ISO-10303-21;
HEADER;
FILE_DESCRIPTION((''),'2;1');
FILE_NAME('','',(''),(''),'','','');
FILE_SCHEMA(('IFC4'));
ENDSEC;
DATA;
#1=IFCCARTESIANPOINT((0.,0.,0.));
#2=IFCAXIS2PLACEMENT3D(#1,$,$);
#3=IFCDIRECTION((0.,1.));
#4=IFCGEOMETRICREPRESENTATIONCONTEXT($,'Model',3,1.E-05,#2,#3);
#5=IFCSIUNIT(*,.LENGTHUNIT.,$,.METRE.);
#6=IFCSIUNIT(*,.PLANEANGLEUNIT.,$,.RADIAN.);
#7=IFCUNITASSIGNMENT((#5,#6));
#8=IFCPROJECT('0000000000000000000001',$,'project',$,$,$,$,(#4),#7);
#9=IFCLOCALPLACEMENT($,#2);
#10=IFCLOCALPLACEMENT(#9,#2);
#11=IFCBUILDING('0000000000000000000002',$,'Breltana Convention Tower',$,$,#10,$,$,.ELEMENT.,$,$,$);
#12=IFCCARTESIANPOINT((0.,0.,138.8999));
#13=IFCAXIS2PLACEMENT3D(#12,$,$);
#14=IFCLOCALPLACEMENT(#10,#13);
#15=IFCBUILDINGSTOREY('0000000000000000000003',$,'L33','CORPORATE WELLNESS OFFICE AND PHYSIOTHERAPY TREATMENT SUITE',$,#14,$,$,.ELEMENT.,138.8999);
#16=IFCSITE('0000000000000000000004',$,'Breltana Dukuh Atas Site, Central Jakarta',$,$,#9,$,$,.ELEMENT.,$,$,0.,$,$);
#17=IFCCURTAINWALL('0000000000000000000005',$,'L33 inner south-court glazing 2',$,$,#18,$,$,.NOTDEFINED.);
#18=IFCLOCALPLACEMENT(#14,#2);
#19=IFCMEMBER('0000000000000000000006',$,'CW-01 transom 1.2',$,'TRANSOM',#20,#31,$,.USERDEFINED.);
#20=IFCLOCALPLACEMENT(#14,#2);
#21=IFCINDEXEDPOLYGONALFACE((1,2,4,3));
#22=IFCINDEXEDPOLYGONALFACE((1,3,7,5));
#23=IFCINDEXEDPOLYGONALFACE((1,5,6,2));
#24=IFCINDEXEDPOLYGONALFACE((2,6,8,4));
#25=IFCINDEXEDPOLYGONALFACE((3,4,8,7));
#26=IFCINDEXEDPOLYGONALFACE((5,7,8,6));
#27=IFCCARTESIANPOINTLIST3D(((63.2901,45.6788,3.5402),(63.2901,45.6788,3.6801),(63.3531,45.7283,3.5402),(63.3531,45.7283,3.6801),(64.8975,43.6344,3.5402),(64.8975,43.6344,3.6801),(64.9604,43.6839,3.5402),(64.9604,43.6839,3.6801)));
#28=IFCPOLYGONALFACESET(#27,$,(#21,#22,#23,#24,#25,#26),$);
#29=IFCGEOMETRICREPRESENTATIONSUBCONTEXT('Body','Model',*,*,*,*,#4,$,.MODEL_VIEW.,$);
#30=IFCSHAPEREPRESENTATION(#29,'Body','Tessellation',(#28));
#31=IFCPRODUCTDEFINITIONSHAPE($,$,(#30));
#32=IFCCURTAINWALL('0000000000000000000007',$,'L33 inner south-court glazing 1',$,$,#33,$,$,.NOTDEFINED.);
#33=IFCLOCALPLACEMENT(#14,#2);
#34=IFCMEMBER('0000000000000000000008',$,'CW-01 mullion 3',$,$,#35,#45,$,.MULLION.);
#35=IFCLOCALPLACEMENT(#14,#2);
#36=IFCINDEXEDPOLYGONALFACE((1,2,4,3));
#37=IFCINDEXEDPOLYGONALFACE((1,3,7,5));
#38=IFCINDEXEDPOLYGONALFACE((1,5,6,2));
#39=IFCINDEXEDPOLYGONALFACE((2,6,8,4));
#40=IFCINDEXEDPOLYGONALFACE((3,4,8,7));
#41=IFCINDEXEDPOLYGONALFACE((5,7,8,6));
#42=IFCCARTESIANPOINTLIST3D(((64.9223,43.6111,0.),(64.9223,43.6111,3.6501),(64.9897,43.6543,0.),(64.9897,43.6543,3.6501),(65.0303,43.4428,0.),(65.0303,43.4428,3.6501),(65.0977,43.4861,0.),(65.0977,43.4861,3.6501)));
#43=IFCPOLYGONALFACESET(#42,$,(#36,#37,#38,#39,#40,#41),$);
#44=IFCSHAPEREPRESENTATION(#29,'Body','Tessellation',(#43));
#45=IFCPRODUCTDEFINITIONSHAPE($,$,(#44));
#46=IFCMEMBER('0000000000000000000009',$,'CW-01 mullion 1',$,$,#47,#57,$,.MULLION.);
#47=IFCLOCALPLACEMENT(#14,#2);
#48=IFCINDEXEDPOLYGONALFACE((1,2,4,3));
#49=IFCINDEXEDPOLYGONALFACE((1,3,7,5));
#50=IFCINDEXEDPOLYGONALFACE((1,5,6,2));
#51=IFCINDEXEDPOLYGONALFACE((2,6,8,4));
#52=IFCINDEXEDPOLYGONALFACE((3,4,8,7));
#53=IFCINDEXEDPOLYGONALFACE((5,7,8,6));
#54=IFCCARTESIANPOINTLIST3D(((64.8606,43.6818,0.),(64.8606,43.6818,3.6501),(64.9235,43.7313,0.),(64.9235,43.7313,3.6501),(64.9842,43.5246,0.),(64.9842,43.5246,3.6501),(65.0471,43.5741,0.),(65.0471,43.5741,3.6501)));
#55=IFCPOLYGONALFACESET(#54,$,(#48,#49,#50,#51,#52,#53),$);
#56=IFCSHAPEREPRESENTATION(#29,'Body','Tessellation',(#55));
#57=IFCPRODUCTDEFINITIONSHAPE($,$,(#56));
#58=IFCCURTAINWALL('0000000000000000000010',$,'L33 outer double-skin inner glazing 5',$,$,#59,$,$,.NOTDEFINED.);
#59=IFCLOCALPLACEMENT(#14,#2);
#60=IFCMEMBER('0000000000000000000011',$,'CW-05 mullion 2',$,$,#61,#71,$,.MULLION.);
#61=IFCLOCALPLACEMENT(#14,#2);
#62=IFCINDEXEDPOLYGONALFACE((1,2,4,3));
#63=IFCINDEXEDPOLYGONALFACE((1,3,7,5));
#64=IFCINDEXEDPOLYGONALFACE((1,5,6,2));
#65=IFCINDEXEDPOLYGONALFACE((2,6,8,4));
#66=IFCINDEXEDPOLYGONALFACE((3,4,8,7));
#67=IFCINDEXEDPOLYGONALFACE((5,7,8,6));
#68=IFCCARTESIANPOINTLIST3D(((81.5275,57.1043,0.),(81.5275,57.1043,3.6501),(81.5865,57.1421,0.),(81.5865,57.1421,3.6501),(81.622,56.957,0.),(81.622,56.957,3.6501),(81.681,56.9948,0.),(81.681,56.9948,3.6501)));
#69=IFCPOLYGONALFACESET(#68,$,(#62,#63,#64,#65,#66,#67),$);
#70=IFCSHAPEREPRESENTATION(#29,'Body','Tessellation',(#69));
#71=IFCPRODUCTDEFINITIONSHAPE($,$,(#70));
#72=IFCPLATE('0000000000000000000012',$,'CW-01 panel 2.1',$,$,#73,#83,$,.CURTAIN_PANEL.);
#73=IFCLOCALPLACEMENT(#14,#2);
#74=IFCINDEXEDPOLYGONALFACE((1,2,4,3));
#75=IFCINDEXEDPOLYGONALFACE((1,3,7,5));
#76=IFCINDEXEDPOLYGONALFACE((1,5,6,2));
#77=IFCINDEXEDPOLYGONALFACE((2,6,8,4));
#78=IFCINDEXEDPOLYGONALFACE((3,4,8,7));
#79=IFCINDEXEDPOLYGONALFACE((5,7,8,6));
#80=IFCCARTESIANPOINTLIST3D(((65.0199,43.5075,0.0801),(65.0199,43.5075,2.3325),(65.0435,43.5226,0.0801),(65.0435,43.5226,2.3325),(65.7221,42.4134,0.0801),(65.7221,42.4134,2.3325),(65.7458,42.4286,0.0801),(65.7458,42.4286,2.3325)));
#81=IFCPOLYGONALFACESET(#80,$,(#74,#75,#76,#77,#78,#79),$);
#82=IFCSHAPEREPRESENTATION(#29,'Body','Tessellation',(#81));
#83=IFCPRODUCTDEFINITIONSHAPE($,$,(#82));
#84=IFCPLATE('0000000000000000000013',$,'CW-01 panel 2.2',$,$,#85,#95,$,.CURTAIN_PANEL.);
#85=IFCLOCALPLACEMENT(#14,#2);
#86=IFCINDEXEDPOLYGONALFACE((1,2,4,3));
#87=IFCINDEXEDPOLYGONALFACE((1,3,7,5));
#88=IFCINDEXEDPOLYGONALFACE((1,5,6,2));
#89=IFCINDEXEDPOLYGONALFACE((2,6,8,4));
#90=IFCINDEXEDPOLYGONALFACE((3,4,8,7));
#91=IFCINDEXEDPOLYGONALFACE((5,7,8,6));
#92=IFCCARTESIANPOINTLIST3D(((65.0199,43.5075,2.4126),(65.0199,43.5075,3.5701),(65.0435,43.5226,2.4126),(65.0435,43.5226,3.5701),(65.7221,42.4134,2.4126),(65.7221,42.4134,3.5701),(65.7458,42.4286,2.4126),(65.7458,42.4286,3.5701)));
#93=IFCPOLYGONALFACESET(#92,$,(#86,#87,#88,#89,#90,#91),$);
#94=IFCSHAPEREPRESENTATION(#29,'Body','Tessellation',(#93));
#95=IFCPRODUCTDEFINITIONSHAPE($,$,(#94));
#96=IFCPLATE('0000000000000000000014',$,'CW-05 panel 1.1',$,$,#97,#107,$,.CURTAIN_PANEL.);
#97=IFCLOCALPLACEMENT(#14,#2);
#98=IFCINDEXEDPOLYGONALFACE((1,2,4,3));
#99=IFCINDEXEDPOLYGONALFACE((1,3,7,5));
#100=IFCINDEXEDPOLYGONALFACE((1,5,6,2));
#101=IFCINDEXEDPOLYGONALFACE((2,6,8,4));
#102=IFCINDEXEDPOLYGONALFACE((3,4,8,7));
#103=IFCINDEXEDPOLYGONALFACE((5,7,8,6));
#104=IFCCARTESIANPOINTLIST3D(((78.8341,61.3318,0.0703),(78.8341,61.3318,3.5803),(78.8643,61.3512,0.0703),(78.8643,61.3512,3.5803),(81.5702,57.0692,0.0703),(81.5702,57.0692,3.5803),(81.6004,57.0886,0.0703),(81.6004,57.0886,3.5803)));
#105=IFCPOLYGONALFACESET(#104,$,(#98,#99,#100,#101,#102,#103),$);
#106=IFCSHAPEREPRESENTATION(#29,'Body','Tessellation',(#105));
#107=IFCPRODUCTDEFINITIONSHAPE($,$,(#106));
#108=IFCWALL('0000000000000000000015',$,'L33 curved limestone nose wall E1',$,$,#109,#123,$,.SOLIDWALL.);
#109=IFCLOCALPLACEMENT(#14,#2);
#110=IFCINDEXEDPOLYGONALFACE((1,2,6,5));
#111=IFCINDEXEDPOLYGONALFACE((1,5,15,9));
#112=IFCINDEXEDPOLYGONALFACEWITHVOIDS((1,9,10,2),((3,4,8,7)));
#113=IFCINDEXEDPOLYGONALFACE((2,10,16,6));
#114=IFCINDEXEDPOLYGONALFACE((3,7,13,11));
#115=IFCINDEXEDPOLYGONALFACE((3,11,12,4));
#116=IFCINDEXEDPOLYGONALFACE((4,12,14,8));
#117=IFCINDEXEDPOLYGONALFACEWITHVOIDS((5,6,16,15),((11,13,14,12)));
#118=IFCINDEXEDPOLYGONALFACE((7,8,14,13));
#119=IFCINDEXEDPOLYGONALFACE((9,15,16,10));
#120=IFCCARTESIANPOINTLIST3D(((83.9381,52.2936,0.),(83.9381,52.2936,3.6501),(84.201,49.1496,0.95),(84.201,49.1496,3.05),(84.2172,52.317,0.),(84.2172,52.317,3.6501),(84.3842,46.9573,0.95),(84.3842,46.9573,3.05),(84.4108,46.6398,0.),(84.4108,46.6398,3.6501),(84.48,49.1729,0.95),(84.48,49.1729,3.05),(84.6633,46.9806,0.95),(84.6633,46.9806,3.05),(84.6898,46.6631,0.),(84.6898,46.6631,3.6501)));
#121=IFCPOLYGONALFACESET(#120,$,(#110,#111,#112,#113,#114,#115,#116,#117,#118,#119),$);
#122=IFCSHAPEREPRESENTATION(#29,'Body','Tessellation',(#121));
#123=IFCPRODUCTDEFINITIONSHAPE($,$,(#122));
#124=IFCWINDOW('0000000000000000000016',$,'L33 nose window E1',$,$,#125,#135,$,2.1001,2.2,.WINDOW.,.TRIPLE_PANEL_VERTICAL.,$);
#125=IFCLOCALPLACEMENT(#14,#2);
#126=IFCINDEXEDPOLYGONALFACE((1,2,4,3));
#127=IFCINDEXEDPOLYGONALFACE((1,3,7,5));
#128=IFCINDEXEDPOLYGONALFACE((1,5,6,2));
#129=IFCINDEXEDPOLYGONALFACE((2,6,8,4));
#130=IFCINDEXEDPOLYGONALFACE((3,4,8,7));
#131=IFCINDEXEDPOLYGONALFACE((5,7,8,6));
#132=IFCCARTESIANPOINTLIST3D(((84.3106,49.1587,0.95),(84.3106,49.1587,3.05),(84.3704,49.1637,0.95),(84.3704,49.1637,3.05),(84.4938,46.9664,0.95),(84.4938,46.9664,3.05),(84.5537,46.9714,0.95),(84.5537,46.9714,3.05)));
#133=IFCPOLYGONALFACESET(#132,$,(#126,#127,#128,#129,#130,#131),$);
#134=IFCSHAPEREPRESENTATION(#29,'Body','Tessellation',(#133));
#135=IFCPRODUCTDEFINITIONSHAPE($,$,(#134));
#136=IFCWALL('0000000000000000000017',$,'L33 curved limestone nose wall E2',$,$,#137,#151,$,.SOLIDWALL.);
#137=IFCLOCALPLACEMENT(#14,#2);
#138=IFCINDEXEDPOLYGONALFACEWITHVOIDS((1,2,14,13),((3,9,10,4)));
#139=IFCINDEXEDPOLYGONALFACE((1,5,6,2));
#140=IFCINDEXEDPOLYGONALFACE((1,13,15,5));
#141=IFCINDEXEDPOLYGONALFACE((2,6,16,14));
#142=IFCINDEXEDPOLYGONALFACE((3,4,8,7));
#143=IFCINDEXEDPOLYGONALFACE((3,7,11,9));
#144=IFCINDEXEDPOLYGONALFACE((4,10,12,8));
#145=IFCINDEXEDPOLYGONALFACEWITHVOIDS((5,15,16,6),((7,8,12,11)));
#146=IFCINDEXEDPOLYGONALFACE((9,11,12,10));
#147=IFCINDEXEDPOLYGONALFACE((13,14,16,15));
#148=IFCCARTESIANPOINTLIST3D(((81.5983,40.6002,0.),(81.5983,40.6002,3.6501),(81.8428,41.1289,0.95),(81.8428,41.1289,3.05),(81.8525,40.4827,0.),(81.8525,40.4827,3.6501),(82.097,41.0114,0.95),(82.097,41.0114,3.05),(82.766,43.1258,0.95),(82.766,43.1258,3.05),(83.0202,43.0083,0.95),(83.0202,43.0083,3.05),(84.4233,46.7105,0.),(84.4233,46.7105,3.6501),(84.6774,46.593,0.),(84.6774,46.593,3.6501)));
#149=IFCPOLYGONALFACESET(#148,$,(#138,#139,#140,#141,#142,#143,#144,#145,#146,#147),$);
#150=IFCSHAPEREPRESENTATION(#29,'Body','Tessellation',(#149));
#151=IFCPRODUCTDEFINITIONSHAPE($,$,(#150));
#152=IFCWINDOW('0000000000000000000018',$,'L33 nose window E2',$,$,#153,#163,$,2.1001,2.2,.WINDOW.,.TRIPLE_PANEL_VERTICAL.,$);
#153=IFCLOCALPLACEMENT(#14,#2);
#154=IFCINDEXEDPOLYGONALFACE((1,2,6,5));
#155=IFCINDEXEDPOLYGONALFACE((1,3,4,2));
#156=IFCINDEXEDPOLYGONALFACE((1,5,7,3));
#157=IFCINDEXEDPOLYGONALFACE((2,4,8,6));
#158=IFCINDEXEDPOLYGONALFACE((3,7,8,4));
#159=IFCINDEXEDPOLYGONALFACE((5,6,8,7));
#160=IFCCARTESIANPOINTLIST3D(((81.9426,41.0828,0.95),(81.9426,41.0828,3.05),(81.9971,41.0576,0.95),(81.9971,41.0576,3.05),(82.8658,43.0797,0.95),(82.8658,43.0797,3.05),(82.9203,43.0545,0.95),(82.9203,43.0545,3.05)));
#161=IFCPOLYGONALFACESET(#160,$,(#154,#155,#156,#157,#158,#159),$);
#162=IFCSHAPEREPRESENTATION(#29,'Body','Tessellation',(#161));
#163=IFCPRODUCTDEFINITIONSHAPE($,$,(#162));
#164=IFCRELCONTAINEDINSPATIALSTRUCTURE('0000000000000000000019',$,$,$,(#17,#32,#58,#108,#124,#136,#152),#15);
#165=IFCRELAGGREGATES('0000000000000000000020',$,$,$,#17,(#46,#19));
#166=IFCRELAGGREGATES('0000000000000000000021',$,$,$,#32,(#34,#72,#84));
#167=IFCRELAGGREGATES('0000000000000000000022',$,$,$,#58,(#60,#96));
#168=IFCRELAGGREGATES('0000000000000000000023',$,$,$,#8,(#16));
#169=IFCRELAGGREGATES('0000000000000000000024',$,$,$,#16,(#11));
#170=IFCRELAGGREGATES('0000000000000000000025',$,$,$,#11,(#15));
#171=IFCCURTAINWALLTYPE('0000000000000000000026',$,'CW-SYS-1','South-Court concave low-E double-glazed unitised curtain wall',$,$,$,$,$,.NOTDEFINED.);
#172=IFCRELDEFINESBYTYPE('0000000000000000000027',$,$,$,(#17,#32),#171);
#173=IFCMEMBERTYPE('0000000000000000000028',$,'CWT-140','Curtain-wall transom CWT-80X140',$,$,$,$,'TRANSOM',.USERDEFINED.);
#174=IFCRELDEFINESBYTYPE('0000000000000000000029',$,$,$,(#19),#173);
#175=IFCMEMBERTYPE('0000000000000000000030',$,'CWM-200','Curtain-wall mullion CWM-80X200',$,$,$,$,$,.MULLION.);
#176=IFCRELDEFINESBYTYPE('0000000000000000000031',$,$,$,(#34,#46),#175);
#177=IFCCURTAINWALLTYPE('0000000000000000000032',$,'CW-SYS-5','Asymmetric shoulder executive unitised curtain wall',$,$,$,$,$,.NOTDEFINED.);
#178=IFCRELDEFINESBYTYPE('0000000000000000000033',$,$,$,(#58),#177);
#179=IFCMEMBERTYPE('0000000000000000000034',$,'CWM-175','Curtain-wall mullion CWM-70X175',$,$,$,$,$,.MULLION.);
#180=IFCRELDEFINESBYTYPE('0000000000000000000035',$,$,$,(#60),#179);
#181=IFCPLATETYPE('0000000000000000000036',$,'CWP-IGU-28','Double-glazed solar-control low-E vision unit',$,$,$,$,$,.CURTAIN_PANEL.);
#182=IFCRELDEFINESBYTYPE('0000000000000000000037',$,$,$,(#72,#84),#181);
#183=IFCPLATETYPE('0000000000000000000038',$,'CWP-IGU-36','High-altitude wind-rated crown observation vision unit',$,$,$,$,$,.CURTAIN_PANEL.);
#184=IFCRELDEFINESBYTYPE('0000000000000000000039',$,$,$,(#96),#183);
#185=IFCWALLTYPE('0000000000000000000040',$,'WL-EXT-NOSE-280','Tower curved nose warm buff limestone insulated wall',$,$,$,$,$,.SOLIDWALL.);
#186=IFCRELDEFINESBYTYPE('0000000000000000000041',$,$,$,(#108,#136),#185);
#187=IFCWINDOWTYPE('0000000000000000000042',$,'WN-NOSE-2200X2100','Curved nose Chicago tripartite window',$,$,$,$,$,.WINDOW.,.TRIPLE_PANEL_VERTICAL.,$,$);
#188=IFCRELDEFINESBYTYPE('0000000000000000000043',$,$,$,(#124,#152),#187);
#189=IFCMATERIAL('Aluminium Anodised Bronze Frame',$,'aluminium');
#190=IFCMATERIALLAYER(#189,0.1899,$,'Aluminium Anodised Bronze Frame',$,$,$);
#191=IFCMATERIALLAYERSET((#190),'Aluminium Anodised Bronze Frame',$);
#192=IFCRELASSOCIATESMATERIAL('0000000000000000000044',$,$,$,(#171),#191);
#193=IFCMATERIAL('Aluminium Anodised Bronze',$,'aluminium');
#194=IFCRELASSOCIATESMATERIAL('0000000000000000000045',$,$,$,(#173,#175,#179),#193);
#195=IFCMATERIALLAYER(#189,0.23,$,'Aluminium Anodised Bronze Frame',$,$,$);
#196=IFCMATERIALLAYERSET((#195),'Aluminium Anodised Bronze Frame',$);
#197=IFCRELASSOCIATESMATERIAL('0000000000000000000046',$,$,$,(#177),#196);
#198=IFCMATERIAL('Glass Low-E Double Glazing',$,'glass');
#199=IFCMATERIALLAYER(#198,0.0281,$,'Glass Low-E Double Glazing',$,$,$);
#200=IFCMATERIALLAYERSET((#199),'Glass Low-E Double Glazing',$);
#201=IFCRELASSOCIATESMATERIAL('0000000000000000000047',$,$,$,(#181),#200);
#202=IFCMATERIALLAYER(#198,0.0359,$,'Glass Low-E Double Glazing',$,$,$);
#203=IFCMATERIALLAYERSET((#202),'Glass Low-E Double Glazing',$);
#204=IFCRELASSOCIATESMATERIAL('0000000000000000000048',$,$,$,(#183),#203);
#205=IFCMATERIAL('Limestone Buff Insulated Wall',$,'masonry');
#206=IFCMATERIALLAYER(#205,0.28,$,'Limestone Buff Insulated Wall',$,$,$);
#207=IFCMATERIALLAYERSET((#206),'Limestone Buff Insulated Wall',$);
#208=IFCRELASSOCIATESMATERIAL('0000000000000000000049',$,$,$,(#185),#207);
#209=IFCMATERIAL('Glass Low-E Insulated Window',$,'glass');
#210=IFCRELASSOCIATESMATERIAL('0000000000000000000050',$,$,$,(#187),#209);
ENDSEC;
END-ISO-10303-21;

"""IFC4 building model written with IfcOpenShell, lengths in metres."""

from ifc_helpers import new_model, si_unit, direction, frame, frame_2d, origin, origin_2d, place, context, subcontext, project, spatial, rectangle, extrude, source, transform, mapped, material, layer, layer_set, material_profile, profile_set, type_object, type_shapes, element, fill, aggregate, save


model = new_model("IFC4")

# Units and contexts
model_context = context("Model", 3, precision=1e-05, world=origin(), true_north=direction((0.0, 1.0)))
body_context = subcontext(model_context, "Body", "Model", "MODEL_VIEW")
ifc_project = project(units=[si_unit("LENGTHUNIT", "METRE"), si_unit("PLANEANGLEUNIT", "RADIAN")], contexts=[model_context])

# Site, building, storey
site_placement = place(None, origin())
site = spatial("IfcSite", under=ifc_project, at=site_placement, Name="Breltana Dukuh Atas Site, Central Jakarta", CompositionType="ELEMENT", RefElevation=0.0)
building_placement = place(site_placement, origin())
building = spatial("IfcBuilding", under=site, at=building_placement, Name="Breltana Convention Tower", CompositionType="ELEMENT")
storey_placement = place(building_placement, frame((0.0, 0.0, 138.8999)))
storey = spatial("IfcBuildingStorey", under=building, at=storey_placement, Name="L33", Description="CORPORATE WELLNESS OFFICE AND PHYSIOTHERAPY TREATMENT SUITE", CompositionType="ELEMENT", Elevation=138.8999)

# Curtain walls, members
ifc_material_1 = material(Name="Aluminium Anodised Bronze Frame", Category="aluminium")
ifc_layer_1 = layer(ifc_material_1, 0.1899, Name="Aluminium Anodised Bronze Frame")
ifc_layer_set_1 = layer_set([ifc_layer_1], Name="Aluminium Anodised Bronze Frame")
curtain_wall_type_1 = type_object("IfcCurtainWallType", Name="CW-SYS-1", Description="South-Court concave low-E double-glazed unitised curtain wall", PredefinedType="NOTDEFINED", material=ifc_layer_set_1)
curtain_wall_1_placement = place(storey_placement, origin())
curtain_wall_1 = element("IfcCurtainWall", 1, at=curtain_wall_1_placement, inside=storey, type_object=curtain_wall_type_1, Name="L33 inner south-court glazing 2", PredefinedType="NOTDEFINED")
ifc_material_2 = material(Name="Aluminium Anodised Bronze", Category="aluminium")
ifc_material_profile_1 = material_profile(ifc_material_2, rectangle(XDim=0.0801, YDim=0.1399, at=origin_2d()), Name="CWT-80X140")
ifc_profile_set_1 = profile_set([ifc_material_profile_1], Name="Aluminium Anodised Bronze")
member_type_1 = type_object("IfcMemberType", Name="CWT-140", Description="Curtain-wall transom CWT-80X140", ElementType="TRANSOM", PredefinedType="USERDEFINED", material=ifc_profile_set_1)
shared_shape_1 = source(origin(), body_context, "Body", "SweptSolid", [
    extrude(rectangle(XDim=0.0801, YDim=0.1399, at=origin_2d()), origin(), (0.0, 0.0, 1.0), 2.6006),
])
member_1_placement = place(storey_placement, frame((64.929, 43.6592, 3.6101), z_axis=(-0.618079, 0.786116, 0.0), x_axis=(-0.786116, -0.618079, 0.0)))
member_1 = element("IfcMember", 2, at=member_1_placement, type_object=member_type_1, Name="CW-01 transom 1.2", ObjectType="TRANSOM", PredefinedType="USERDEFINED", context=body_context, shape_type="MappedRepresentation", body=[
    mapped(shared_shape_1, transform((0.0, 0.0, 0.0), scale=1.0)),
])
curtain_wall_2_placement = place(storey_placement, origin())
curtain_wall_2 = element("IfcCurtainWall", 3, at=curtain_wall_2_placement, inside=storey, type_object=curtain_wall_type_1, Name="L33 inner south-court glazing 1", PredefinedType="NOTDEFINED")
ifc_material_profile_2 = material_profile(ifc_material_2, rectangle(XDim=0.0801, YDim=0.2, at=origin_2d()), Name="CWM-80X200")
ifc_profile_set_2 = profile_set([ifc_material_profile_2], Name="Aluminium Anodised Bronze")
member_type_2 = type_object("IfcMemberType", Name="CWM-200", Description="Curtain-wall mullion CWM-80X200", PredefinedType="MULLION", material=ifc_profile_set_2)
shared_shape_2 = source(origin(), body_context, "Body", "SweptSolid", [
    extrude(rectangle(XDim=0.0801, YDim=0.2, at=origin_2d()), origin(), (0.0, 0.0, 1.0), 3.6501),
])
member_2_placement = place(storey_placement, frame((65.01, 43.5486, 0.0), z_axis=(0.0, 0.0, 1.0), x_axis=(-0.841551, -0.540177, 0.0)))
member_2 = element("IfcMember", 4, at=member_2_placement, type_object=member_type_2, Name="CW-01 mullion 3", PredefinedType="MULLION", context=body_context, shape_type="MappedRepresentation", body=[
    mapped(shared_shape_2, transform((0.0, 0.0, 0.0), scale=1.0)),
])

# Member
member_3_placement = place(storey_placement, frame((64.9539, 43.6279, 0.0), z_axis=(0.0, 0.0, 1.0), x_axis=(-0.786054, -0.618157, 0.0)))
member_3 = element("IfcMember", 5, at=member_3_placement, type_object=member_type_2, Name="CW-01 mullion 1", PredefinedType="MULLION", context=body_context, shape_type="MappedRepresentation", body=[
    mapped(shared_shape_2, transform((0.0, 0.0, 0.0), scale=1.0)),
])
aggregate(curtain_wall_1, [member_3, member_1])

# Curtain wall, member
ifc_layer_2 = layer(ifc_material_1, 0.23, Name="Aluminium Anodised Bronze Frame")
ifc_layer_set_2 = layer_set([ifc_layer_2], Name="Aluminium Anodised Bronze Frame")
curtain_wall_type_2 = type_object("IfcCurtainWallType", Name="CW-SYS-5", Description="Asymmetric shoulder executive unitised curtain wall", PredefinedType="NOTDEFINED", material=ifc_layer_set_2)
curtain_wall_3_placement = place(storey_placement, origin())
curtain_wall_3 = element("IfcCurtainWall", 6, at=curtain_wall_3_placement, inside=storey, type_object=curtain_wall_type_2, Name="L33 outer double-skin inner glazing 5", PredefinedType="NOTDEFINED")
ifc_material_profile_3 = material_profile(ifc_material_2, rectangle(XDim=0.0701, YDim=0.175, at=origin_2d()), Name="CWM-70X175")
ifc_profile_set_3 = profile_set([ifc_material_profile_3], Name="Aluminium Anodised Bronze")
member_type_3 = type_object("IfcMemberType", Name="CWM-175", Description="Curtain-wall mullion CWM-70X175", PredefinedType="MULLION", material=ifc_profile_set_3)
shared_shape_3 = source(origin(), body_context, "Body", "SweptSolid", [
    extrude(rectangle(XDim=0.0701, YDim=0.175, at=origin_2d()), origin(), (0.0, 0.0, 1.0), 3.6501),
])
member_4_placement = place(storey_placement, frame((81.6042, 57.0496, 0.0), z_axis=(0.0, 0.0, 1.0), x_axis=(0.841552, 0.540177, 0.0)))
member_4 = element("IfcMember", 7, at=member_4_placement, type_object=member_type_3, Name="CW-05 mullion 2", PredefinedType="MULLION", context=body_context, shape_type="MappedRepresentation", body=[
    mapped(shared_shape_3, transform((0.0, 0.0, 0.0), scale=1.0)),
])

# Plates
ifc_material_3 = material(Name="Glass Low-E Double Glazing", Category="glass")
ifc_layer_3 = layer(ifc_material_3, 0.0281, Name="Glass Low-E Double Glazing")
ifc_layer_set_3 = layer_set([ifc_layer_3], Name="Glass Low-E Double Glazing")
plate_type_1 = type_object("IfcPlateType", Name="CWP-IGU-28", Description="Double-glazed solar-control low-E vision unit", PredefinedType="CURTAIN_PANEL", material=ifc_layer_set_3)
shared_shape_4 = source(origin(), body_context, "Body", "SweptSolid", [
    extrude(rectangle(XDim=1.3, YDim=0.0281, at=origin_2d()), origin(), (0.0, 0.0, 1.0), 2.2524),
])
plate_1_placement = place(storey_placement, frame((65.3828, 42.968, 0.0801), z_axis=(0.0, 0.0, 1.0), x_axis=(-0.540177, 0.841551, 0.0)))
plate_1 = element("IfcPlate", 8, at=plate_1_placement, type_object=plate_type_1, Name="CW-01 panel 2.1", PredefinedType="CURTAIN_PANEL", context=body_context, shape_type="MappedRepresentation", body=[
    mapped(shared_shape_4, transform((0.0, 0.0, 0.0), scale=1.0)),
])
shared_shape_5 = source(origin(), body_context, "Body", "SweptSolid", [
    extrude(rectangle(XDim=1.3, YDim=0.0281, at=origin_2d()), origin(), (0.0, 0.0, 1.0), 1.1575),
])
plate_2_placement = place(storey_placement, frame((65.3828, 42.968, 2.4126), z_axis=(0.0, 0.0, 1.0), x_axis=(-0.540177, 0.841551, 0.0)))
plate_2 = element("IfcPlate", 9, at=plate_2_placement, type_object=plate_type_1, Name="CW-01 panel 2.2", PredefinedType="CURTAIN_PANEL", context=body_context, shape_type="MappedRepresentation", body=[
    mapped(shared_shape_5, transform((0.0, 0.0, 0.0), scale=1.0)),
])
aggregate(curtain_wall_2, [member_2, plate_1, plate_2])
ifc_layer_4 = layer(ifc_material_3, 0.0359, Name="Glass Low-E Double Glazing")
ifc_layer_set_4 = layer_set([ifc_layer_4], Name="Glass Low-E Double Glazing")
plate_type_2 = type_object("IfcPlateType", Name="CWP-IGU-36", Description="High-altitude wind-rated crown observation vision unit", PredefinedType="CURTAIN_PANEL", material=ifc_layer_set_4)
shared_shape_6 = source(origin(), body_context, "Body", "SweptSolid", [
    extrude(rectangle(XDim=5.0652, YDim=0.0359, at=origin_2d()), origin(), (0.0, 0.0, 1.0), 3.51),
])
plate_3_placement = place(storey_placement, frame((80.2173, 59.2102, 0.0703), z_axis=(0.0, 0.0, 1.0), x_axis=(0.540177, -0.841552, 0.0)))
plate_3 = element("IfcPlate", 10, at=plate_3_placement, type_object=plate_type_2, Name="CW-05 panel 1.1", PredefinedType="CURTAIN_PANEL", context=body_context, shape_type="MappedRepresentation", body=[
    mapped(shared_shape_6, transform((0.0, 0.0, 0.0), scale=1.0)),
])
aggregate(curtain_wall_3, [member_4, plate_3])

# Walls, openings, windows
ifc_material_4 = material(Name="Limestone Buff Insulated Wall", Category="masonry")
ifc_layer_5 = layer(ifc_material_4, 0.28, Name="Limestone Buff Insulated Wall")
ifc_layer_set_5 = layer_set([ifc_layer_5], Name="Limestone Buff Insulated Wall")
wall_type = type_object("IfcWallType", Name="WL-EXT-NOSE-280", Description="Tower curved nose warm buff limestone insulated wall", PredefinedType="SOLIDWALL", material=ifc_layer_set_5)
shared_shape_7 = source(origin(), body_context, "Body", "SweptSolid", [
    extrude(rectangle(XDim=5.6736, YDim=0.28, at=frame_2d((2.8369, 0.0))), origin(), (0.0, 0.0, 1.0), 3.6501),
])
wall_1_placement = place(storey_placement, frame((84.0776, 52.3054, 0.0), z_axis=(0.0, 0.0, 1.0), x_axis=(0.083309, -0.996524, 0.0)))
wall_1 = element("IfcWall", 11, at=wall_1_placement, inside=storey, type_object=wall_type, Name="L33 curved limestone nose wall E1", PredefinedType="SOLIDWALL", context=body_context, shape_type="MappedRepresentation", body=[
    mapped(shared_shape_7, transform((0.0, 0.0, 0.0), scale=1.0)),
])
opening_1_placement = place(wall_1_placement, frame((3.155, 0.0, 0.95)))
opening_1 = element("IfcOpeningElement", 12, at=opening_1_placement, cuts=wall_1, PredefinedType="OPENING", context=body_context, shape_type="SweptSolid", body=[
    extrude(rectangle(XDim=2.2, YDim=2.1001, at=frame_2d((1.1001, 1.05))), frame((0.0, 0.1499, 0.0), z_axis=(0.0, -1.0, 0.0), x_axis=(1.0, 0.0, 0.0)), (0.0, 0.0, 1.0), 0.3),
])
ifc_material_5 = material(Name="Glass Low-E Insulated Window", Category="glass")
window_type = type_object("IfcWindowType", Name="WN-NOSE-2200X2100", Description="Curved nose Chicago tripartite window", PartitioningType="TRIPLE_PANEL_VERTICAL", PredefinedType="WINDOW", material=ifc_material_5)
shared_shape_8 = source(origin(), body_context, "Body", "SweptSolid", [
    extrude(rectangle(XDim=2.2, YDim=2.1001, at=frame_2d((1.1001, 1.05))), frame((0.0, 0.03, 0.0), z_axis=(0.0, -1.0, 0.0), x_axis=(1.0, 0.0, 0.0)), (0.0, 0.0, 1.0), 0.0601),
])
type_shapes(window_type, [shared_shape_8])
window_1_placement = place(opening_1_placement, origin())
window_1 = element("IfcWindow", 13, at=window_1_placement, inside=storey, type_object=window_type, Name="L33 nose window E1", OverallHeight=2.1001, OverallWidth=2.2, PartitioningType="TRIPLE_PANEL_VERTICAL", PredefinedType="WINDOW", context=body_context, shape_type="MappedRepresentation", body=[
    mapped(shared_shape_8, transform((0.0, 0.0, 0.0), scale=1.0)),
])
fill(opening_1, window_1)
shared_shape_9 = source(origin(), body_context, "Body", "SweptSolid", [
    extrude(rectangle(XDim=6.7317, YDim=0.28, at=frame_2d((3.3657, 0.0))), origin(), (0.0, 0.0, 1.0), 3.6501),
])
wall_2_placement = place(storey_placement, frame((84.5503, 46.6516, 0.0), z_axis=(0.0, 0.0, 1.0), x_axis=(-0.419645, -0.907689, 0.0)))
wall_2 = element("IfcWall", 14, at=wall_2_placement, inside=storey, type_object=wall_type, Name="L33 curved limestone nose wall E2", PredefinedType="SOLIDWALL", context=body_context, shape_type="MappedRepresentation", body=[
    mapped(shared_shape_9, transform((0.0, 0.0, 0.0), scale=1.0)),
])
opening_2_placement = place(wall_2_placement, frame((3.949, 0.0, 0.95)))
opening_2 = element("IfcOpeningElement", 15, at=opening_2_placement, cuts=wall_2, PredefinedType="OPENING", context=body_context, shape_type="SweptSolid", body=[
    extrude(rectangle(XDim=2.2, YDim=2.1001, at=frame_2d((1.1001, 1.05))), frame((0.0, 0.1499, 0.0), z_axis=(0.0, -1.0, 0.0), x_axis=(1.0, 0.0, 0.0)), (0.0, 0.0, 1.0), 0.3),
])
window_2_placement = place(opening_2_placement, origin())
window_2 = element("IfcWindow", 16, at=window_2_placement, inside=storey, type_object=window_type, Name="L33 nose window E2", OverallHeight=2.1001, OverallWidth=2.2, PartitioningType="TRIPLE_PANEL_VERTICAL", PredefinedType="WINDOW", context=body_context, shape_type="MappedRepresentation", body=[
    mapped(shared_shape_8, transform((0.0, 0.0, 0.0), scale=1.0)),
])
fill(opening_2, window_2)

save(model, "model.ifc")
